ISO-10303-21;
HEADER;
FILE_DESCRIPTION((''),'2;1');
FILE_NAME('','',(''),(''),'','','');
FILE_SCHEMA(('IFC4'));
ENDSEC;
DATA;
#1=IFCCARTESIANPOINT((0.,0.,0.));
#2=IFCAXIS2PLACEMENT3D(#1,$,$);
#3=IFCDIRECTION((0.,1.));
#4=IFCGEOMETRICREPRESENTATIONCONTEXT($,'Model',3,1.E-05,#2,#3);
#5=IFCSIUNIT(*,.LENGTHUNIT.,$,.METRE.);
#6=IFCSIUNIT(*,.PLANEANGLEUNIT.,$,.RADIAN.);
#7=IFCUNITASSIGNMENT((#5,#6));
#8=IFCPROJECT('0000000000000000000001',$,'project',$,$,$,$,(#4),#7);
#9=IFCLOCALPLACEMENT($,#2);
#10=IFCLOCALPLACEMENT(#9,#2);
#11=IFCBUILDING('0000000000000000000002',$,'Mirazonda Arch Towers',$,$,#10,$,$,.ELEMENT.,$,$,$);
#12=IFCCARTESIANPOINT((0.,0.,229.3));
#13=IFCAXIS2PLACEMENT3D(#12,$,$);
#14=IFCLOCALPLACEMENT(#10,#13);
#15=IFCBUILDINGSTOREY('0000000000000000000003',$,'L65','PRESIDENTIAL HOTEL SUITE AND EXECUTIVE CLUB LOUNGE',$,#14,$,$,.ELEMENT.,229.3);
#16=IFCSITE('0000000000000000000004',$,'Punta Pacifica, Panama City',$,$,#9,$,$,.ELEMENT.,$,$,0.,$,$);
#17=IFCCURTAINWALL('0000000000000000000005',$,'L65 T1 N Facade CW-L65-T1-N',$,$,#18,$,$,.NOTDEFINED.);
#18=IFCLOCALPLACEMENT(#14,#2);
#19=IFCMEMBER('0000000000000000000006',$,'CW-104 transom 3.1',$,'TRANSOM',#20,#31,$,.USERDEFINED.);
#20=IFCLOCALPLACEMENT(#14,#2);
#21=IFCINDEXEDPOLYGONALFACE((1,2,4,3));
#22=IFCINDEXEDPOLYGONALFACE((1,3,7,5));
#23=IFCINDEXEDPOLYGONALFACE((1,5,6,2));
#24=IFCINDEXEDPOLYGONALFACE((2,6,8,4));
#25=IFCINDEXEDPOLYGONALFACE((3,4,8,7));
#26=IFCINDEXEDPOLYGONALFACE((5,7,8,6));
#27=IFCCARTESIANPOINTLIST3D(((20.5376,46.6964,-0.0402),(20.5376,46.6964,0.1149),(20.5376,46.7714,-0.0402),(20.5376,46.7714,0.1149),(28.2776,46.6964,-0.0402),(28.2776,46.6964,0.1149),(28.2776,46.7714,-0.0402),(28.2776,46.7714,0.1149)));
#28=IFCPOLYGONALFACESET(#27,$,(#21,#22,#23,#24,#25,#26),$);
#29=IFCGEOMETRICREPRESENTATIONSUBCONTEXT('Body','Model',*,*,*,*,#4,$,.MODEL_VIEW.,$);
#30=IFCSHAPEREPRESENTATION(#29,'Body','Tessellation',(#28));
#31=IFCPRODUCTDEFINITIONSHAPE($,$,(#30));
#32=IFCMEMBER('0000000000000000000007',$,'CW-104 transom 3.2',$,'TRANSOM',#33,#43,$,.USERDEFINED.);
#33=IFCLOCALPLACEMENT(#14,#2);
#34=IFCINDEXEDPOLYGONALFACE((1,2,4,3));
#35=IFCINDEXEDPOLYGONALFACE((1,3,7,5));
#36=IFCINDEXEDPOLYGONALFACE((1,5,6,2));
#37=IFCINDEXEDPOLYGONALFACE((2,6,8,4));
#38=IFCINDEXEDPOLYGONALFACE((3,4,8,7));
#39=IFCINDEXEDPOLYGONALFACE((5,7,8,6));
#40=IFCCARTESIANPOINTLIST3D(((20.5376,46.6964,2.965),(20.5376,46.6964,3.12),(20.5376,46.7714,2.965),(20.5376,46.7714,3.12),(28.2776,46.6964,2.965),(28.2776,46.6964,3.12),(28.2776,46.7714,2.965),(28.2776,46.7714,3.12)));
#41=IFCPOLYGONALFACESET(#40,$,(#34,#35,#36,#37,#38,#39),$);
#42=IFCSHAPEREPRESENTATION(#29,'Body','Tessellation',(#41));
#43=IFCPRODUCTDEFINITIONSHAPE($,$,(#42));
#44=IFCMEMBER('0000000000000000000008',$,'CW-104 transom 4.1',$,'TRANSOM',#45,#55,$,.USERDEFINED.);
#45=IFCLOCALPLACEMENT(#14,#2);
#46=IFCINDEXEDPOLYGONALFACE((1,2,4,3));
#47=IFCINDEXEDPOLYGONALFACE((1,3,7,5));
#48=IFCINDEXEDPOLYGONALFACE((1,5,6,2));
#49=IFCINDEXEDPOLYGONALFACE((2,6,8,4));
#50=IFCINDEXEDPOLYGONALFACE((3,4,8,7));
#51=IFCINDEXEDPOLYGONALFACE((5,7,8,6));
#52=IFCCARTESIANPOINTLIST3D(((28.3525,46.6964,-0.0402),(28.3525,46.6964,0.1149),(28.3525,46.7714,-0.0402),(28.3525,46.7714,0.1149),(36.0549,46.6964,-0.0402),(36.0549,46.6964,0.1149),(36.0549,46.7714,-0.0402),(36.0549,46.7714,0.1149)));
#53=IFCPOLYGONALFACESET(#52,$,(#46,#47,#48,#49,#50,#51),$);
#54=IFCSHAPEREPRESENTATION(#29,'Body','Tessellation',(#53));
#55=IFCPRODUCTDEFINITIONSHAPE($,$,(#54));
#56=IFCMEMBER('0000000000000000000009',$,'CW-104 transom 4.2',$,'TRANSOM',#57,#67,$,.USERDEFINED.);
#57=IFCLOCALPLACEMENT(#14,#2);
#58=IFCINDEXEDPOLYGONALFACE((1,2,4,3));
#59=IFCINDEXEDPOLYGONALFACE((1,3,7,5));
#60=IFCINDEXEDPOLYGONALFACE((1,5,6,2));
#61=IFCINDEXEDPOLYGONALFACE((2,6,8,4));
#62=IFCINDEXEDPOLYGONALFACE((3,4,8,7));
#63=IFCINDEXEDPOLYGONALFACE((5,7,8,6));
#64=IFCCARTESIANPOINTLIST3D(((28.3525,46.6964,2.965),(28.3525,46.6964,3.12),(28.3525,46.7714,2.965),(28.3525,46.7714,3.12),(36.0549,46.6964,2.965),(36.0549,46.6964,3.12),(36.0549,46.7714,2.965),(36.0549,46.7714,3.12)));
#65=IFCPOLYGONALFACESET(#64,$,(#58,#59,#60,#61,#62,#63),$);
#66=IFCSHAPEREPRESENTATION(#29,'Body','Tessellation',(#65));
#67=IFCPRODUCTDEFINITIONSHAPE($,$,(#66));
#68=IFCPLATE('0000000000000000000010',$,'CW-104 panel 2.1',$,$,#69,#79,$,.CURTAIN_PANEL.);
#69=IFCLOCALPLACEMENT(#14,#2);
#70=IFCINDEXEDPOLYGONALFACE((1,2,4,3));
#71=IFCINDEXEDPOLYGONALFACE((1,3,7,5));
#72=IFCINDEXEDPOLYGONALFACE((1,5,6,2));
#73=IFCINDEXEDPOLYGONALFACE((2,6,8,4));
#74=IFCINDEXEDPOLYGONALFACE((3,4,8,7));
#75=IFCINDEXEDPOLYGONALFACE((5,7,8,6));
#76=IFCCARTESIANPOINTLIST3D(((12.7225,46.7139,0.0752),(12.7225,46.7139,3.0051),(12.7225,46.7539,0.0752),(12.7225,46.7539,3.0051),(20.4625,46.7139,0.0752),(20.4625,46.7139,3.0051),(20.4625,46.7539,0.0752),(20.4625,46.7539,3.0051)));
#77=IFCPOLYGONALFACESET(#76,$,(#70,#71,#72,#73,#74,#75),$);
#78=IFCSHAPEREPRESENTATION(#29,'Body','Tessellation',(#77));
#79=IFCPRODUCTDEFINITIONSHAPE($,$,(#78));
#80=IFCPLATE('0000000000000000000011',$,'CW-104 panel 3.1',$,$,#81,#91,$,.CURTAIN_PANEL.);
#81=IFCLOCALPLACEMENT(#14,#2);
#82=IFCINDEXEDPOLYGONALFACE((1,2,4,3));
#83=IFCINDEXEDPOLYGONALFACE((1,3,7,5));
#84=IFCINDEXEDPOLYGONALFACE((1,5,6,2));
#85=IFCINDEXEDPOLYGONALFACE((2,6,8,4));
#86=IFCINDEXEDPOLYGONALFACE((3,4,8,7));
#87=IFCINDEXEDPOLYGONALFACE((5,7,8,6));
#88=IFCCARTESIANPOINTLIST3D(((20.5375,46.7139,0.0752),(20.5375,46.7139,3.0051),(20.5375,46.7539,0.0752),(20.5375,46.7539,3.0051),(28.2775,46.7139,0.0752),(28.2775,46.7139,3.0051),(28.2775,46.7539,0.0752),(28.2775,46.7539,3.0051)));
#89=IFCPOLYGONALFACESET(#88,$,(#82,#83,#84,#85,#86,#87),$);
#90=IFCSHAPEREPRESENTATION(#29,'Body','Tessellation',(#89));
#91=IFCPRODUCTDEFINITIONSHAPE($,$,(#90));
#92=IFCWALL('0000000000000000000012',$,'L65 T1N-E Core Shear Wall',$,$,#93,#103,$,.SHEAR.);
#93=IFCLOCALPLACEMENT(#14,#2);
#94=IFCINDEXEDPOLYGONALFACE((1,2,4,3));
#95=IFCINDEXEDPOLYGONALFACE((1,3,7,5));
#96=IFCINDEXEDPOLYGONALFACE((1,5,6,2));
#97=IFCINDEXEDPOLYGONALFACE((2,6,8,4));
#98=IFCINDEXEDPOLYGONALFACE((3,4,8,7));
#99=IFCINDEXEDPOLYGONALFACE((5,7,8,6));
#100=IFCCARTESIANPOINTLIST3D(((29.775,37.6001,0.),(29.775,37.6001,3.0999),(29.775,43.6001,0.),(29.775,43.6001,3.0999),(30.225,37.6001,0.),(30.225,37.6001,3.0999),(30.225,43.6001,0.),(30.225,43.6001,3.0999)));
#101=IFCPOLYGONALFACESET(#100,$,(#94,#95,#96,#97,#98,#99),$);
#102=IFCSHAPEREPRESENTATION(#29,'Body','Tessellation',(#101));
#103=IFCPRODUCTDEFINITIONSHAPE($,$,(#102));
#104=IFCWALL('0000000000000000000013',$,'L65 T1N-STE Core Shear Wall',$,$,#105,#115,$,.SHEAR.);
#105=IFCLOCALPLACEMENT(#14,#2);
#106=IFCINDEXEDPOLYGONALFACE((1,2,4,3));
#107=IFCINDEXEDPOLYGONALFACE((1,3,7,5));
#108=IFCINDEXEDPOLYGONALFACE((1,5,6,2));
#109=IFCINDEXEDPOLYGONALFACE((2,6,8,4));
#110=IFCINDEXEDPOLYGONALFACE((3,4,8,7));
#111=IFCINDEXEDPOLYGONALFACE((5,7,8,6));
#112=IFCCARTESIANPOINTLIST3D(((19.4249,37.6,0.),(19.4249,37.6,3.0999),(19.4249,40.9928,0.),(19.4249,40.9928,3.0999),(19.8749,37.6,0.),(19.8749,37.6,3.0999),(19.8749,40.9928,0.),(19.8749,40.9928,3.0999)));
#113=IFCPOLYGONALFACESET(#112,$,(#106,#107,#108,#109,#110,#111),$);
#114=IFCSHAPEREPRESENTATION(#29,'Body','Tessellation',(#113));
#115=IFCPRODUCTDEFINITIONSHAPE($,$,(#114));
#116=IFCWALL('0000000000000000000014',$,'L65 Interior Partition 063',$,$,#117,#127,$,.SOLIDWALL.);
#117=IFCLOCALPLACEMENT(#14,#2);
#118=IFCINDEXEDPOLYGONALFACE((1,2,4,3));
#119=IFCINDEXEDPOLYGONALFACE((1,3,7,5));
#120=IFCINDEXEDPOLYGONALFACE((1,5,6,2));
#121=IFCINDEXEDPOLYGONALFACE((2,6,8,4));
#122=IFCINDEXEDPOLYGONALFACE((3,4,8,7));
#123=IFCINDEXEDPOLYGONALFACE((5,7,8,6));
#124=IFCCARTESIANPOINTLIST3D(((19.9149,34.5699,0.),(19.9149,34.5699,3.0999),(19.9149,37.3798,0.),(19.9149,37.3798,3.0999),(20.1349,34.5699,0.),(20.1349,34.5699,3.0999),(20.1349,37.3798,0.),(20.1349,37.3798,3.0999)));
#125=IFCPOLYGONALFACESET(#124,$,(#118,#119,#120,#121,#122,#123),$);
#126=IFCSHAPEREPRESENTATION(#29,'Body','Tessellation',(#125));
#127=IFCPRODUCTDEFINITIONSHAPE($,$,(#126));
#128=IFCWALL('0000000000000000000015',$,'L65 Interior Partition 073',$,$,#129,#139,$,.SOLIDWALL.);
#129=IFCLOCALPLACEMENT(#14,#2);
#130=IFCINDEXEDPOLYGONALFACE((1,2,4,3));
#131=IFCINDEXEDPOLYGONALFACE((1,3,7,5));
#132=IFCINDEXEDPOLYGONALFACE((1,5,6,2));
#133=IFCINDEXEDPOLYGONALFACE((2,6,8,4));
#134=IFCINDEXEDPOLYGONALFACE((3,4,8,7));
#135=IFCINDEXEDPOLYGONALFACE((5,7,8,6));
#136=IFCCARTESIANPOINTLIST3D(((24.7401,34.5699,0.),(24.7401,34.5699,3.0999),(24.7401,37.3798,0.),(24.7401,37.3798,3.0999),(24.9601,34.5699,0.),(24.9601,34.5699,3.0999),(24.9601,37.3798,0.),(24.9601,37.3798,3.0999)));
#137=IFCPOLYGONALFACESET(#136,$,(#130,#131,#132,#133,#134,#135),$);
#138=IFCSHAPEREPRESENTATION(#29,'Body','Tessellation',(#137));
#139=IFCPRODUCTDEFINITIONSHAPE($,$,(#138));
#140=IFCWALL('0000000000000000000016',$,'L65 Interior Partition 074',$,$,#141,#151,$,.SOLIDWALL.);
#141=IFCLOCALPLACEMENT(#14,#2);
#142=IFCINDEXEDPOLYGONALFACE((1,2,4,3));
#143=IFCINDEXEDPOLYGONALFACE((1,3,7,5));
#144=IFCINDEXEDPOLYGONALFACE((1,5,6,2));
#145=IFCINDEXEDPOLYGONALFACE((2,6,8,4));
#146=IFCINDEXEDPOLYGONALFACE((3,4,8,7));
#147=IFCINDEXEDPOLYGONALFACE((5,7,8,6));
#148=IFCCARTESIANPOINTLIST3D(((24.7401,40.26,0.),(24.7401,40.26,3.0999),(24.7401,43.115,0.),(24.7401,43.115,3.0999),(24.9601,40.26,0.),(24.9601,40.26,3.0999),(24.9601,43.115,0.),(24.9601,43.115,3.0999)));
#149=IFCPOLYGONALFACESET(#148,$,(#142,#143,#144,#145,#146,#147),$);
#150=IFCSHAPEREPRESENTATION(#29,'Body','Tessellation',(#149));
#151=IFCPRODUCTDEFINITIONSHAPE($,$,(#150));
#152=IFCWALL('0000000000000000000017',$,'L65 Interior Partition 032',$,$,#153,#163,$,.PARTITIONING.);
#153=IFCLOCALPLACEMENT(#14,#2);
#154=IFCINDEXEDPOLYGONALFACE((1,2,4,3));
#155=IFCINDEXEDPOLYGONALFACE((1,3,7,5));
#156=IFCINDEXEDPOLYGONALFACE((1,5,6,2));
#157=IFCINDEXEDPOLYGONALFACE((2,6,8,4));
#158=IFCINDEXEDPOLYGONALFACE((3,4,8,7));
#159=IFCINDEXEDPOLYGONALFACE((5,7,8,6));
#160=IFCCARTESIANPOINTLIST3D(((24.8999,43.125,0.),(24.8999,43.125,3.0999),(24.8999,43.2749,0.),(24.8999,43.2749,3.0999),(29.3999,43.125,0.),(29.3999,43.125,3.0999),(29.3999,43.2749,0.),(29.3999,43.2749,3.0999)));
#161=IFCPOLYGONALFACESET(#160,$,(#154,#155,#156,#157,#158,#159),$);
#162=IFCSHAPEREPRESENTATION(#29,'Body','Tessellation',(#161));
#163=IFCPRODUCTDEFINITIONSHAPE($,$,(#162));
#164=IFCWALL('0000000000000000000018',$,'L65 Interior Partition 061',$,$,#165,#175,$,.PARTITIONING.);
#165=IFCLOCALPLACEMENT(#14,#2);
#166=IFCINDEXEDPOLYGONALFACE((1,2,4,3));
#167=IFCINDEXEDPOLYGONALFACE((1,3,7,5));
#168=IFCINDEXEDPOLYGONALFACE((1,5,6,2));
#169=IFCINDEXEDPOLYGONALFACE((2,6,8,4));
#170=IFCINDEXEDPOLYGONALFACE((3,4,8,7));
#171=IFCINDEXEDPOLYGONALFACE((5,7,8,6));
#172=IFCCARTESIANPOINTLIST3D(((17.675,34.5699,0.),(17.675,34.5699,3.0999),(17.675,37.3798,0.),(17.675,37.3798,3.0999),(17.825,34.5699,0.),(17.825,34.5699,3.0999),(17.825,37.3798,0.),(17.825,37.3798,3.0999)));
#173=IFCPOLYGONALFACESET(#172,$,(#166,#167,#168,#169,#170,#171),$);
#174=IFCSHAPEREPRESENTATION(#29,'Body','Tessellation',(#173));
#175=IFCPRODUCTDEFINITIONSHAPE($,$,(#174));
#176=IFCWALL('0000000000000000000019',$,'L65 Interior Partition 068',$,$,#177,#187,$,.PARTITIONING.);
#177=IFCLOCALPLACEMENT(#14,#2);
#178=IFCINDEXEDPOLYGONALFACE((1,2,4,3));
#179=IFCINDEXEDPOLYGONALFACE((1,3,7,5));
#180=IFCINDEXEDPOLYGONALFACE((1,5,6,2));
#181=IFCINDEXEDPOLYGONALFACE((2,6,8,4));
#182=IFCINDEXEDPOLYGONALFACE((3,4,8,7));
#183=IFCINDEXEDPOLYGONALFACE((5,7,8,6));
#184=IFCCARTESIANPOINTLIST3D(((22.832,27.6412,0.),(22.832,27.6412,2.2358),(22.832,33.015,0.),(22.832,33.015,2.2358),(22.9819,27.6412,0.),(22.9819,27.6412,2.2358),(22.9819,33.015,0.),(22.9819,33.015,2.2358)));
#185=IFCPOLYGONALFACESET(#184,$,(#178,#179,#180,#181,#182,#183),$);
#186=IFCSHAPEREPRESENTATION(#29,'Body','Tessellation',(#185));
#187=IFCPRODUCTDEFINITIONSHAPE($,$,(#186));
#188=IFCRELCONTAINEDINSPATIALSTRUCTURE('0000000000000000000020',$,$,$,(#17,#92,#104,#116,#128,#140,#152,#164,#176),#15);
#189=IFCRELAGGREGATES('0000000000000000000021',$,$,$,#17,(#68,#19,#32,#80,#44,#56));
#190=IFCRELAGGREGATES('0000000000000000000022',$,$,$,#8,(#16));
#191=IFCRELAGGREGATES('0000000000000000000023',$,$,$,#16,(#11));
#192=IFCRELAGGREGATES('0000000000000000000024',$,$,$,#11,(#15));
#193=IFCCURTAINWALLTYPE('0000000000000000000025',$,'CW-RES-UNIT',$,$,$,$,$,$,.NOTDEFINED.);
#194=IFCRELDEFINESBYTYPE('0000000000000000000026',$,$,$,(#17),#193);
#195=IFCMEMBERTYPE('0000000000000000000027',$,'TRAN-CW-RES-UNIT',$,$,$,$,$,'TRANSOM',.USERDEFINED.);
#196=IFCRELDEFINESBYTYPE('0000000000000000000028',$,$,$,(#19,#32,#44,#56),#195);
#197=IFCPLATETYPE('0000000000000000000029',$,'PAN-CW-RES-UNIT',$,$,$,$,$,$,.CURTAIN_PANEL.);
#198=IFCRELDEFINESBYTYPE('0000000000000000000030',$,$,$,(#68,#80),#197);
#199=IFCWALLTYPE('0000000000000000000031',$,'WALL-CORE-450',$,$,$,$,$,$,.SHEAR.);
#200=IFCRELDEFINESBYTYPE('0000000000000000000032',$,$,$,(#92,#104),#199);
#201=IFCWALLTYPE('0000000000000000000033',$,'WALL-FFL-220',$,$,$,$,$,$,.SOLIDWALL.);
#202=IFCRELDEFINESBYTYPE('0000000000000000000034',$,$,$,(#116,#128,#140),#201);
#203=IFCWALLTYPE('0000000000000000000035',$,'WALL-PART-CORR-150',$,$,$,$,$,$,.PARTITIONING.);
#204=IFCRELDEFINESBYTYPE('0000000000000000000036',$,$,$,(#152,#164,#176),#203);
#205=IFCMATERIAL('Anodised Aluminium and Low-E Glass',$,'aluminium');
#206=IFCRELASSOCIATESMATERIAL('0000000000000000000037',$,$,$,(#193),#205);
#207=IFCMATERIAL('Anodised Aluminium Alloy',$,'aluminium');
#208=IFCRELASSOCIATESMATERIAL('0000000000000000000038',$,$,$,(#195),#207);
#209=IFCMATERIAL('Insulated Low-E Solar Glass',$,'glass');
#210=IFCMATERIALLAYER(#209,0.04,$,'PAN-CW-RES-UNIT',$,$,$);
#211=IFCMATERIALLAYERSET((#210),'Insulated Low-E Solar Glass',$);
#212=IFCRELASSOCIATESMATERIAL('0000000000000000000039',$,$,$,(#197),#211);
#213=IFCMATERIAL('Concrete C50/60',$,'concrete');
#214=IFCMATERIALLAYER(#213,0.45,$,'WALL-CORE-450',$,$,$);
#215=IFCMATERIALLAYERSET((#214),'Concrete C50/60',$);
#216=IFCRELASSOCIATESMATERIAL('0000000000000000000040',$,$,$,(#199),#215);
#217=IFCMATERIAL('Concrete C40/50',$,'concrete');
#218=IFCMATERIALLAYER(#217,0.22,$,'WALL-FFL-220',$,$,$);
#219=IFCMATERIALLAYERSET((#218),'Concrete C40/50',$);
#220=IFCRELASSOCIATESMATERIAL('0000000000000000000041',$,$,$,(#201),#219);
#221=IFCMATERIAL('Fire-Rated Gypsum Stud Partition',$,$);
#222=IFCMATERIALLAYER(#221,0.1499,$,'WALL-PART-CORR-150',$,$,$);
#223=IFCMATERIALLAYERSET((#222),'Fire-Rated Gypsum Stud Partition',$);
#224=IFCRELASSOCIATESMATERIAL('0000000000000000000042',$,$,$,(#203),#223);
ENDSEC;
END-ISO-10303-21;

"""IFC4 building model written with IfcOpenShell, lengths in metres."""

from ifc_helpers import new_model, si_unit, direction, frame, frame_2d, origin, origin_2d, place, context, subcontext, project, spatial, rectangle, extrude, material, layer, layer_set, material_profile, profile_set, type_object, element, aggregate, save


model = new_model("IFC4")

# Units and contexts
model_context = context("Model", 3, precision=1e-05, world=origin(), true_north=direction((0.0, 1.0)))
body_context = subcontext(model_context, "Body", "Model", "MODEL_VIEW")
ifc_project = project(units=[si_unit("LENGTHUNIT", "METRE"), si_unit("PLANEANGLEUNIT", "RADIAN")], contexts=[model_context])

# Site, building, storey
site_placement = place(None, origin())
site = spatial("IfcSite", under=ifc_project, at=site_placement, Name="Punta Pacifica, Panama City", CompositionType="ELEMENT", RefElevation=0.0)
building_placement = place(site_placement, origin())
building = spatial("IfcBuilding", under=site, at=building_placement, Name="Mirazonda Arch Towers", CompositionType="ELEMENT")
storey_placement = place(building_placement, frame((0.0, 0.0, 229.3)))
storey = spatial("IfcBuildingStorey", under=building, at=storey_placement, Name="L65", Description="PRESIDENTIAL HOTEL SUITE AND EXECUTIVE CLUB LOUNGE", CompositionType="ELEMENT", Elevation=229.3)

# Shared definitions
ifc_material_1 = material(Name="Concrete C50/60", Category="concrete")

# Curtain wall, members, plates
ifc_material_2 = material(Name="Anodised Aluminium and Low-E Glass", Category="aluminium")
curtain_wall_type = type_object("IfcCurtainWallType", Name="CW-RES-UNIT", PredefinedType="NOTDEFINED", material=ifc_material_2)
curtain_wall_placement = place(storey_placement, origin())
curtain_wall = element("IfcCurtainWall", 1, at=curtain_wall_placement, inside=storey, type_object=curtain_wall_type, Name="L65 T1 N Facade CW-L65-T1-N", PredefinedType="NOTDEFINED")
ifc_material_3 = material(Name="Anodised Aluminium Alloy", Category="aluminium")
ifc_material_profile_1 = material_profile(ifc_material_3, rectangle(XDim=0.075, YDim=0.155, at=origin_2d()), Name="ALU-TRAN-75x155")
ifc_profile_set_1 = profile_set([ifc_material_profile_1], Name="Anodised Aluminium Alloy")
member_type_1 = type_object("IfcMemberType", Name="TRAN-CW-RES-UNIT", ElementType="TRANSOM", PredefinedType="USERDEFINED", material=ifc_profile_set_1)
member_1_placement = place(storey_placement, frame((20.5376, 46.7339, 0.0374), z_axis=(1.0, 0.0, 0.0), x_axis=(0.0, 1.0, 0.0)))
member_1 = element("IfcMember", 2, at=member_1_placement, type_object=member_type_1, Name="CW-104 transom 3.1", ObjectType="TRANSOM", PredefinedType="USERDEFINED", context=body_context, shape_type="SweptSolid", body=[
    extrude(rectangle(XDim=0.075, YDim=0.155, at=origin_2d()), origin(), (0.0, 0.0, 1.0), 7.74),
])
member_2_placement = place(storey_placement, frame((20.5376, 46.7339, 3.0425), z_axis=(1.0, 0.0, 0.0), x_axis=(0.0, 1.0, 0.0)))
member_2 = element("IfcMember", 3, at=member_2_placement, type_object=member_type_1, Name="CW-104 transom 3.2", ObjectType="TRANSOM", PredefinedType="USERDEFINED", context=body_context, shape_type="SweptSolid", body=[
    extrude(rectangle(XDim=0.075, YDim=0.155, at=origin_2d()), origin(), (0.0, 0.0, 1.0), 7.74),
])
member_3_placement = place(storey_placement, frame((28.3525, 46.7339, 0.0374), z_axis=(1.0, 0.0, 0.0), x_axis=(0.0, 1.0, 0.0)))
member_3 = element("IfcMember", 4, at=member_3_placement, type_object=member_type_1, Name="CW-104 transom 4.1", ObjectType="TRANSOM", PredefinedType="USERDEFINED", context=body_context, shape_type="SweptSolid", body=[
    extrude(rectangle(XDim=0.075, YDim=0.155, at=origin_2d()), origin(), (0.0, 0.0, 1.0), 7.7024),
])
member_4_placement = place(storey_placement, frame((28.3525, 46.7339, 3.0425), z_axis=(1.0, 0.0, 0.0), x_axis=(0.0, 1.0, 0.0)))
member_4 = element("IfcMember", 5, at=member_4_placement, type_object=member_type_1, Name="CW-104 transom 4.2", ObjectType="TRANSOM", PredefinedType="USERDEFINED", context=body_context, shape_type="SweptSolid", body=[
    extrude(rectangle(XDim=0.075, YDim=0.155, at=origin_2d()), origin(), (0.0, 0.0, 1.0), 7.7024),
])
ifc_material_4 = material(Name="Insulated Low-E Solar Glass", Category="glass")
ifc_layer_1 = layer(ifc_material_4, 0.04, Name="PAN-CW-RES-UNIT")
ifc_layer_set_1 = layer_set([ifc_layer_1], Name="Insulated Low-E Solar Glass")
plate_type = type_object("IfcPlateType", Name="PAN-CW-RES-UNIT", PredefinedType="CURTAIN_PANEL", material=ifc_layer_set_1)
plate_1_placement = place(storey_placement, frame((16.5925, 46.7339, 0.0752), z_axis=(0.0, 0.0, 1.0), x_axis=(1.0, 0.0, 0.0)))
plate_1 = element("IfcPlate", 6, at=plate_1_placement, type_object=plate_type, Name="CW-104 panel 2.1", PredefinedType="CURTAIN_PANEL", context=body_context, shape_type="SweptSolid", body=[
    extrude(rectangle(XDim=7.74, YDim=0.04, at=origin_2d()), origin(), (0.0, 0.0, 1.0), 2.9299),
])
plate_2_placement = place(storey_placement, frame((24.4075, 46.7339, 0.0752), z_axis=(0.0, 0.0, 1.0), x_axis=(1.0, 0.0, 0.0)))
plate_2 = element("IfcPlate", 7, at=plate_2_placement, type_object=plate_type, Name="CW-104 panel 3.1", PredefinedType="CURTAIN_PANEL", context=body_context, shape_type="SweptSolid", body=[
    extrude(rectangle(XDim=7.74, YDim=0.04, at=origin_2d()), origin(), (0.0, 0.0, 1.0), 2.9299),
])
aggregate(curtain_wall, [plate_1, member_1, member_2, plate_2, member_3, member_4])

# Walls
ifc_layer_2 = layer(ifc_material_1, 0.45, Name="WALL-CORE-450")
ifc_layer_set_2 = layer_set([ifc_layer_2], Name="Concrete C50/60")
wall_type_1 = type_object("IfcWallType", Name="WALL-CORE-450", PredefinedType="SHEAR", material=ifc_layer_set_2)
wall_1_placement = place(storey_placement, frame((30.0, 37.6001, 0.0), z_axis=(0.0, 0.0, 1.0), x_axis=(0.0, 1.0, 0.0)))
element("IfcWall", 8, at=wall_1_placement, inside=storey, type_object=wall_type_1, Name="L65 T1N-E Core Shear Wall", PredefinedType="SHEAR", context=body_context, shape_type="SweptSolid", body=[
    extrude(rectangle(XDim=6.0, YDim=0.45, at=frame_2d((3.0, 0.0))), origin(), (0.0, 0.0, 1.0), 3.0999),
])
wall_2_placement = place(storey_placement, frame((19.6499, 37.6001, 0.0), z_axis=(0.0, 0.0, 1.0), x_axis=(0.0, 1.0, 0.0)))
element("IfcWall", 9, at=wall_2_placement, inside=storey, type_object=wall_type_1, Name="L65 T1N-STE Core Shear Wall", PredefinedType="SHEAR", context=body_context, shape_type="SweptSolid", body=[
    extrude(rectangle(XDim=3.3928, YDim=0.45, at=frame_2d((1.6963, 0.0))), origin(), (0.0, 0.0, 1.0), 3.0999),
])
ifc_material_5 = material(Name="Concrete C40/50", Category="concrete")
ifc_layer_3 = layer(ifc_material_5, 0.22, Name="WALL-FFL-220")
ifc_layer_set_3 = layer_set([ifc_layer_3], Name="Concrete C40/50")
wall_type_2 = type_object("IfcWallType", Name="WALL-FFL-220", PredefinedType="SOLIDWALL", material=ifc_layer_set_3)
for number, where, z_axis, x_axis, name in (
    (10, (20.0249, 34.5701, 0.0), (0.0, 0.0, 1.0), (0.0, 1.0, 0.0), "L65 Interior Partition 063"),
    (11, (24.8501, 34.5701, 0.0), (0.0, 0.0, 1.0), (0.0, 1.0, 0.0), "L65 Interior Partition 073"),
):
    element("IfcWall", number, at=place(storey_placement, frame(where, z_axis=z_axis, x_axis=x_axis)), inside=storey, type_object=wall_type_2, Name=name, PredefinedType="SOLIDWALL", context=body_context, shape_type="SweptSolid", body=[
        extrude(rectangle(XDim=2.8098, YDim=0.22, at=frame_2d((1.4048, 0.0))), origin(), (0.0, 0.0, 1.0), 3.0999),
    ])
wall_3_placement = place(storey_placement, frame((24.8501, 40.26, 0.0), z_axis=(0.0, 0.0, 1.0), x_axis=(0.0, 1.0, 0.0)))
element("IfcWall", 12, at=wall_3_placement, inside=storey, type_object=wall_type_2, Name="L65 Interior Partition 074", PredefinedType="SOLIDWALL", context=body_context, shape_type="SweptSolid", body=[
    extrude(rectangle(XDim=2.855, YDim=0.22, at=frame_2d((1.4275, 0.0))), origin(), (0.0, 0.0, 1.0), 3.0999),
])
ifc_material_6 = material(Name="Fire-Rated Gypsum Stud Partition")
ifc_layer_4 = layer(ifc_material_6, 0.1499, Name="WALL-PART-CORR-150")
ifc_layer_set_4 = layer_set([ifc_layer_4], Name="Fire-Rated Gypsum Stud Partition")
wall_type_3 = type_object("IfcWallType", Name="WALL-PART-CORR-150", PredefinedType="PARTITIONING", material=ifc_layer_set_4)
wall_4_placement = place(storey_placement, frame((24.8999, 43.2, 0.0), z_axis=(0.0, 0.0, 1.0), x_axis=(1.0, 0.0, 0.0)))
element("IfcWall", 13, at=wall_4_placement, inside=storey, type_object=wall_type_3, Name="L65 Interior Partition 032", PredefinedType="PARTITIONING", context=body_context, shape_type="SweptSolid", body=[
    extrude(rectangle(XDim=4.5, YDim=0.1499, at=frame_2d((2.25, 0.0))), origin(), (0.0, 0.0, 1.0), 3.0999),
])
wall_5_placement = place(storey_placement, frame((17.75, 34.5701, 0.0), z_axis=(0.0, 0.0, 1.0), x_axis=(0.0, 1.0, 0.0)))
element("IfcWall", 14, at=wall_5_placement, inside=storey, type_object=wall_type_3, Name="L65 Interior Partition 061", PredefinedType="PARTITIONING", context=body_context, shape_type="SweptSolid", body=[
    extrude(rectangle(XDim=2.8098, YDim=0.1499, at=frame_2d((1.4048, 0.0))), origin(), (0.0, 0.0, 1.0), 3.0999),
])
wall_6_placement = place(storey_placement, frame((22.907, 27.6411, 0.0), z_axis=(0.0, 0.0, 1.0), x_axis=(0.0, 1.0, 0.0)))
element("IfcWall", 15, at=wall_6_placement, inside=storey, type_object=wall_type_3, Name="L65 Interior Partition 068", PredefinedType="PARTITIONING", context=body_context, shape_type="SweptSolid", body=[
    extrude(rectangle(XDim=5.3738, YDim=0.1499, at=frame_2d((2.687, 0.0))), origin(), (0.0, 0.0, 1.0), 2.2358),
])

save(model, "model.ifc")
